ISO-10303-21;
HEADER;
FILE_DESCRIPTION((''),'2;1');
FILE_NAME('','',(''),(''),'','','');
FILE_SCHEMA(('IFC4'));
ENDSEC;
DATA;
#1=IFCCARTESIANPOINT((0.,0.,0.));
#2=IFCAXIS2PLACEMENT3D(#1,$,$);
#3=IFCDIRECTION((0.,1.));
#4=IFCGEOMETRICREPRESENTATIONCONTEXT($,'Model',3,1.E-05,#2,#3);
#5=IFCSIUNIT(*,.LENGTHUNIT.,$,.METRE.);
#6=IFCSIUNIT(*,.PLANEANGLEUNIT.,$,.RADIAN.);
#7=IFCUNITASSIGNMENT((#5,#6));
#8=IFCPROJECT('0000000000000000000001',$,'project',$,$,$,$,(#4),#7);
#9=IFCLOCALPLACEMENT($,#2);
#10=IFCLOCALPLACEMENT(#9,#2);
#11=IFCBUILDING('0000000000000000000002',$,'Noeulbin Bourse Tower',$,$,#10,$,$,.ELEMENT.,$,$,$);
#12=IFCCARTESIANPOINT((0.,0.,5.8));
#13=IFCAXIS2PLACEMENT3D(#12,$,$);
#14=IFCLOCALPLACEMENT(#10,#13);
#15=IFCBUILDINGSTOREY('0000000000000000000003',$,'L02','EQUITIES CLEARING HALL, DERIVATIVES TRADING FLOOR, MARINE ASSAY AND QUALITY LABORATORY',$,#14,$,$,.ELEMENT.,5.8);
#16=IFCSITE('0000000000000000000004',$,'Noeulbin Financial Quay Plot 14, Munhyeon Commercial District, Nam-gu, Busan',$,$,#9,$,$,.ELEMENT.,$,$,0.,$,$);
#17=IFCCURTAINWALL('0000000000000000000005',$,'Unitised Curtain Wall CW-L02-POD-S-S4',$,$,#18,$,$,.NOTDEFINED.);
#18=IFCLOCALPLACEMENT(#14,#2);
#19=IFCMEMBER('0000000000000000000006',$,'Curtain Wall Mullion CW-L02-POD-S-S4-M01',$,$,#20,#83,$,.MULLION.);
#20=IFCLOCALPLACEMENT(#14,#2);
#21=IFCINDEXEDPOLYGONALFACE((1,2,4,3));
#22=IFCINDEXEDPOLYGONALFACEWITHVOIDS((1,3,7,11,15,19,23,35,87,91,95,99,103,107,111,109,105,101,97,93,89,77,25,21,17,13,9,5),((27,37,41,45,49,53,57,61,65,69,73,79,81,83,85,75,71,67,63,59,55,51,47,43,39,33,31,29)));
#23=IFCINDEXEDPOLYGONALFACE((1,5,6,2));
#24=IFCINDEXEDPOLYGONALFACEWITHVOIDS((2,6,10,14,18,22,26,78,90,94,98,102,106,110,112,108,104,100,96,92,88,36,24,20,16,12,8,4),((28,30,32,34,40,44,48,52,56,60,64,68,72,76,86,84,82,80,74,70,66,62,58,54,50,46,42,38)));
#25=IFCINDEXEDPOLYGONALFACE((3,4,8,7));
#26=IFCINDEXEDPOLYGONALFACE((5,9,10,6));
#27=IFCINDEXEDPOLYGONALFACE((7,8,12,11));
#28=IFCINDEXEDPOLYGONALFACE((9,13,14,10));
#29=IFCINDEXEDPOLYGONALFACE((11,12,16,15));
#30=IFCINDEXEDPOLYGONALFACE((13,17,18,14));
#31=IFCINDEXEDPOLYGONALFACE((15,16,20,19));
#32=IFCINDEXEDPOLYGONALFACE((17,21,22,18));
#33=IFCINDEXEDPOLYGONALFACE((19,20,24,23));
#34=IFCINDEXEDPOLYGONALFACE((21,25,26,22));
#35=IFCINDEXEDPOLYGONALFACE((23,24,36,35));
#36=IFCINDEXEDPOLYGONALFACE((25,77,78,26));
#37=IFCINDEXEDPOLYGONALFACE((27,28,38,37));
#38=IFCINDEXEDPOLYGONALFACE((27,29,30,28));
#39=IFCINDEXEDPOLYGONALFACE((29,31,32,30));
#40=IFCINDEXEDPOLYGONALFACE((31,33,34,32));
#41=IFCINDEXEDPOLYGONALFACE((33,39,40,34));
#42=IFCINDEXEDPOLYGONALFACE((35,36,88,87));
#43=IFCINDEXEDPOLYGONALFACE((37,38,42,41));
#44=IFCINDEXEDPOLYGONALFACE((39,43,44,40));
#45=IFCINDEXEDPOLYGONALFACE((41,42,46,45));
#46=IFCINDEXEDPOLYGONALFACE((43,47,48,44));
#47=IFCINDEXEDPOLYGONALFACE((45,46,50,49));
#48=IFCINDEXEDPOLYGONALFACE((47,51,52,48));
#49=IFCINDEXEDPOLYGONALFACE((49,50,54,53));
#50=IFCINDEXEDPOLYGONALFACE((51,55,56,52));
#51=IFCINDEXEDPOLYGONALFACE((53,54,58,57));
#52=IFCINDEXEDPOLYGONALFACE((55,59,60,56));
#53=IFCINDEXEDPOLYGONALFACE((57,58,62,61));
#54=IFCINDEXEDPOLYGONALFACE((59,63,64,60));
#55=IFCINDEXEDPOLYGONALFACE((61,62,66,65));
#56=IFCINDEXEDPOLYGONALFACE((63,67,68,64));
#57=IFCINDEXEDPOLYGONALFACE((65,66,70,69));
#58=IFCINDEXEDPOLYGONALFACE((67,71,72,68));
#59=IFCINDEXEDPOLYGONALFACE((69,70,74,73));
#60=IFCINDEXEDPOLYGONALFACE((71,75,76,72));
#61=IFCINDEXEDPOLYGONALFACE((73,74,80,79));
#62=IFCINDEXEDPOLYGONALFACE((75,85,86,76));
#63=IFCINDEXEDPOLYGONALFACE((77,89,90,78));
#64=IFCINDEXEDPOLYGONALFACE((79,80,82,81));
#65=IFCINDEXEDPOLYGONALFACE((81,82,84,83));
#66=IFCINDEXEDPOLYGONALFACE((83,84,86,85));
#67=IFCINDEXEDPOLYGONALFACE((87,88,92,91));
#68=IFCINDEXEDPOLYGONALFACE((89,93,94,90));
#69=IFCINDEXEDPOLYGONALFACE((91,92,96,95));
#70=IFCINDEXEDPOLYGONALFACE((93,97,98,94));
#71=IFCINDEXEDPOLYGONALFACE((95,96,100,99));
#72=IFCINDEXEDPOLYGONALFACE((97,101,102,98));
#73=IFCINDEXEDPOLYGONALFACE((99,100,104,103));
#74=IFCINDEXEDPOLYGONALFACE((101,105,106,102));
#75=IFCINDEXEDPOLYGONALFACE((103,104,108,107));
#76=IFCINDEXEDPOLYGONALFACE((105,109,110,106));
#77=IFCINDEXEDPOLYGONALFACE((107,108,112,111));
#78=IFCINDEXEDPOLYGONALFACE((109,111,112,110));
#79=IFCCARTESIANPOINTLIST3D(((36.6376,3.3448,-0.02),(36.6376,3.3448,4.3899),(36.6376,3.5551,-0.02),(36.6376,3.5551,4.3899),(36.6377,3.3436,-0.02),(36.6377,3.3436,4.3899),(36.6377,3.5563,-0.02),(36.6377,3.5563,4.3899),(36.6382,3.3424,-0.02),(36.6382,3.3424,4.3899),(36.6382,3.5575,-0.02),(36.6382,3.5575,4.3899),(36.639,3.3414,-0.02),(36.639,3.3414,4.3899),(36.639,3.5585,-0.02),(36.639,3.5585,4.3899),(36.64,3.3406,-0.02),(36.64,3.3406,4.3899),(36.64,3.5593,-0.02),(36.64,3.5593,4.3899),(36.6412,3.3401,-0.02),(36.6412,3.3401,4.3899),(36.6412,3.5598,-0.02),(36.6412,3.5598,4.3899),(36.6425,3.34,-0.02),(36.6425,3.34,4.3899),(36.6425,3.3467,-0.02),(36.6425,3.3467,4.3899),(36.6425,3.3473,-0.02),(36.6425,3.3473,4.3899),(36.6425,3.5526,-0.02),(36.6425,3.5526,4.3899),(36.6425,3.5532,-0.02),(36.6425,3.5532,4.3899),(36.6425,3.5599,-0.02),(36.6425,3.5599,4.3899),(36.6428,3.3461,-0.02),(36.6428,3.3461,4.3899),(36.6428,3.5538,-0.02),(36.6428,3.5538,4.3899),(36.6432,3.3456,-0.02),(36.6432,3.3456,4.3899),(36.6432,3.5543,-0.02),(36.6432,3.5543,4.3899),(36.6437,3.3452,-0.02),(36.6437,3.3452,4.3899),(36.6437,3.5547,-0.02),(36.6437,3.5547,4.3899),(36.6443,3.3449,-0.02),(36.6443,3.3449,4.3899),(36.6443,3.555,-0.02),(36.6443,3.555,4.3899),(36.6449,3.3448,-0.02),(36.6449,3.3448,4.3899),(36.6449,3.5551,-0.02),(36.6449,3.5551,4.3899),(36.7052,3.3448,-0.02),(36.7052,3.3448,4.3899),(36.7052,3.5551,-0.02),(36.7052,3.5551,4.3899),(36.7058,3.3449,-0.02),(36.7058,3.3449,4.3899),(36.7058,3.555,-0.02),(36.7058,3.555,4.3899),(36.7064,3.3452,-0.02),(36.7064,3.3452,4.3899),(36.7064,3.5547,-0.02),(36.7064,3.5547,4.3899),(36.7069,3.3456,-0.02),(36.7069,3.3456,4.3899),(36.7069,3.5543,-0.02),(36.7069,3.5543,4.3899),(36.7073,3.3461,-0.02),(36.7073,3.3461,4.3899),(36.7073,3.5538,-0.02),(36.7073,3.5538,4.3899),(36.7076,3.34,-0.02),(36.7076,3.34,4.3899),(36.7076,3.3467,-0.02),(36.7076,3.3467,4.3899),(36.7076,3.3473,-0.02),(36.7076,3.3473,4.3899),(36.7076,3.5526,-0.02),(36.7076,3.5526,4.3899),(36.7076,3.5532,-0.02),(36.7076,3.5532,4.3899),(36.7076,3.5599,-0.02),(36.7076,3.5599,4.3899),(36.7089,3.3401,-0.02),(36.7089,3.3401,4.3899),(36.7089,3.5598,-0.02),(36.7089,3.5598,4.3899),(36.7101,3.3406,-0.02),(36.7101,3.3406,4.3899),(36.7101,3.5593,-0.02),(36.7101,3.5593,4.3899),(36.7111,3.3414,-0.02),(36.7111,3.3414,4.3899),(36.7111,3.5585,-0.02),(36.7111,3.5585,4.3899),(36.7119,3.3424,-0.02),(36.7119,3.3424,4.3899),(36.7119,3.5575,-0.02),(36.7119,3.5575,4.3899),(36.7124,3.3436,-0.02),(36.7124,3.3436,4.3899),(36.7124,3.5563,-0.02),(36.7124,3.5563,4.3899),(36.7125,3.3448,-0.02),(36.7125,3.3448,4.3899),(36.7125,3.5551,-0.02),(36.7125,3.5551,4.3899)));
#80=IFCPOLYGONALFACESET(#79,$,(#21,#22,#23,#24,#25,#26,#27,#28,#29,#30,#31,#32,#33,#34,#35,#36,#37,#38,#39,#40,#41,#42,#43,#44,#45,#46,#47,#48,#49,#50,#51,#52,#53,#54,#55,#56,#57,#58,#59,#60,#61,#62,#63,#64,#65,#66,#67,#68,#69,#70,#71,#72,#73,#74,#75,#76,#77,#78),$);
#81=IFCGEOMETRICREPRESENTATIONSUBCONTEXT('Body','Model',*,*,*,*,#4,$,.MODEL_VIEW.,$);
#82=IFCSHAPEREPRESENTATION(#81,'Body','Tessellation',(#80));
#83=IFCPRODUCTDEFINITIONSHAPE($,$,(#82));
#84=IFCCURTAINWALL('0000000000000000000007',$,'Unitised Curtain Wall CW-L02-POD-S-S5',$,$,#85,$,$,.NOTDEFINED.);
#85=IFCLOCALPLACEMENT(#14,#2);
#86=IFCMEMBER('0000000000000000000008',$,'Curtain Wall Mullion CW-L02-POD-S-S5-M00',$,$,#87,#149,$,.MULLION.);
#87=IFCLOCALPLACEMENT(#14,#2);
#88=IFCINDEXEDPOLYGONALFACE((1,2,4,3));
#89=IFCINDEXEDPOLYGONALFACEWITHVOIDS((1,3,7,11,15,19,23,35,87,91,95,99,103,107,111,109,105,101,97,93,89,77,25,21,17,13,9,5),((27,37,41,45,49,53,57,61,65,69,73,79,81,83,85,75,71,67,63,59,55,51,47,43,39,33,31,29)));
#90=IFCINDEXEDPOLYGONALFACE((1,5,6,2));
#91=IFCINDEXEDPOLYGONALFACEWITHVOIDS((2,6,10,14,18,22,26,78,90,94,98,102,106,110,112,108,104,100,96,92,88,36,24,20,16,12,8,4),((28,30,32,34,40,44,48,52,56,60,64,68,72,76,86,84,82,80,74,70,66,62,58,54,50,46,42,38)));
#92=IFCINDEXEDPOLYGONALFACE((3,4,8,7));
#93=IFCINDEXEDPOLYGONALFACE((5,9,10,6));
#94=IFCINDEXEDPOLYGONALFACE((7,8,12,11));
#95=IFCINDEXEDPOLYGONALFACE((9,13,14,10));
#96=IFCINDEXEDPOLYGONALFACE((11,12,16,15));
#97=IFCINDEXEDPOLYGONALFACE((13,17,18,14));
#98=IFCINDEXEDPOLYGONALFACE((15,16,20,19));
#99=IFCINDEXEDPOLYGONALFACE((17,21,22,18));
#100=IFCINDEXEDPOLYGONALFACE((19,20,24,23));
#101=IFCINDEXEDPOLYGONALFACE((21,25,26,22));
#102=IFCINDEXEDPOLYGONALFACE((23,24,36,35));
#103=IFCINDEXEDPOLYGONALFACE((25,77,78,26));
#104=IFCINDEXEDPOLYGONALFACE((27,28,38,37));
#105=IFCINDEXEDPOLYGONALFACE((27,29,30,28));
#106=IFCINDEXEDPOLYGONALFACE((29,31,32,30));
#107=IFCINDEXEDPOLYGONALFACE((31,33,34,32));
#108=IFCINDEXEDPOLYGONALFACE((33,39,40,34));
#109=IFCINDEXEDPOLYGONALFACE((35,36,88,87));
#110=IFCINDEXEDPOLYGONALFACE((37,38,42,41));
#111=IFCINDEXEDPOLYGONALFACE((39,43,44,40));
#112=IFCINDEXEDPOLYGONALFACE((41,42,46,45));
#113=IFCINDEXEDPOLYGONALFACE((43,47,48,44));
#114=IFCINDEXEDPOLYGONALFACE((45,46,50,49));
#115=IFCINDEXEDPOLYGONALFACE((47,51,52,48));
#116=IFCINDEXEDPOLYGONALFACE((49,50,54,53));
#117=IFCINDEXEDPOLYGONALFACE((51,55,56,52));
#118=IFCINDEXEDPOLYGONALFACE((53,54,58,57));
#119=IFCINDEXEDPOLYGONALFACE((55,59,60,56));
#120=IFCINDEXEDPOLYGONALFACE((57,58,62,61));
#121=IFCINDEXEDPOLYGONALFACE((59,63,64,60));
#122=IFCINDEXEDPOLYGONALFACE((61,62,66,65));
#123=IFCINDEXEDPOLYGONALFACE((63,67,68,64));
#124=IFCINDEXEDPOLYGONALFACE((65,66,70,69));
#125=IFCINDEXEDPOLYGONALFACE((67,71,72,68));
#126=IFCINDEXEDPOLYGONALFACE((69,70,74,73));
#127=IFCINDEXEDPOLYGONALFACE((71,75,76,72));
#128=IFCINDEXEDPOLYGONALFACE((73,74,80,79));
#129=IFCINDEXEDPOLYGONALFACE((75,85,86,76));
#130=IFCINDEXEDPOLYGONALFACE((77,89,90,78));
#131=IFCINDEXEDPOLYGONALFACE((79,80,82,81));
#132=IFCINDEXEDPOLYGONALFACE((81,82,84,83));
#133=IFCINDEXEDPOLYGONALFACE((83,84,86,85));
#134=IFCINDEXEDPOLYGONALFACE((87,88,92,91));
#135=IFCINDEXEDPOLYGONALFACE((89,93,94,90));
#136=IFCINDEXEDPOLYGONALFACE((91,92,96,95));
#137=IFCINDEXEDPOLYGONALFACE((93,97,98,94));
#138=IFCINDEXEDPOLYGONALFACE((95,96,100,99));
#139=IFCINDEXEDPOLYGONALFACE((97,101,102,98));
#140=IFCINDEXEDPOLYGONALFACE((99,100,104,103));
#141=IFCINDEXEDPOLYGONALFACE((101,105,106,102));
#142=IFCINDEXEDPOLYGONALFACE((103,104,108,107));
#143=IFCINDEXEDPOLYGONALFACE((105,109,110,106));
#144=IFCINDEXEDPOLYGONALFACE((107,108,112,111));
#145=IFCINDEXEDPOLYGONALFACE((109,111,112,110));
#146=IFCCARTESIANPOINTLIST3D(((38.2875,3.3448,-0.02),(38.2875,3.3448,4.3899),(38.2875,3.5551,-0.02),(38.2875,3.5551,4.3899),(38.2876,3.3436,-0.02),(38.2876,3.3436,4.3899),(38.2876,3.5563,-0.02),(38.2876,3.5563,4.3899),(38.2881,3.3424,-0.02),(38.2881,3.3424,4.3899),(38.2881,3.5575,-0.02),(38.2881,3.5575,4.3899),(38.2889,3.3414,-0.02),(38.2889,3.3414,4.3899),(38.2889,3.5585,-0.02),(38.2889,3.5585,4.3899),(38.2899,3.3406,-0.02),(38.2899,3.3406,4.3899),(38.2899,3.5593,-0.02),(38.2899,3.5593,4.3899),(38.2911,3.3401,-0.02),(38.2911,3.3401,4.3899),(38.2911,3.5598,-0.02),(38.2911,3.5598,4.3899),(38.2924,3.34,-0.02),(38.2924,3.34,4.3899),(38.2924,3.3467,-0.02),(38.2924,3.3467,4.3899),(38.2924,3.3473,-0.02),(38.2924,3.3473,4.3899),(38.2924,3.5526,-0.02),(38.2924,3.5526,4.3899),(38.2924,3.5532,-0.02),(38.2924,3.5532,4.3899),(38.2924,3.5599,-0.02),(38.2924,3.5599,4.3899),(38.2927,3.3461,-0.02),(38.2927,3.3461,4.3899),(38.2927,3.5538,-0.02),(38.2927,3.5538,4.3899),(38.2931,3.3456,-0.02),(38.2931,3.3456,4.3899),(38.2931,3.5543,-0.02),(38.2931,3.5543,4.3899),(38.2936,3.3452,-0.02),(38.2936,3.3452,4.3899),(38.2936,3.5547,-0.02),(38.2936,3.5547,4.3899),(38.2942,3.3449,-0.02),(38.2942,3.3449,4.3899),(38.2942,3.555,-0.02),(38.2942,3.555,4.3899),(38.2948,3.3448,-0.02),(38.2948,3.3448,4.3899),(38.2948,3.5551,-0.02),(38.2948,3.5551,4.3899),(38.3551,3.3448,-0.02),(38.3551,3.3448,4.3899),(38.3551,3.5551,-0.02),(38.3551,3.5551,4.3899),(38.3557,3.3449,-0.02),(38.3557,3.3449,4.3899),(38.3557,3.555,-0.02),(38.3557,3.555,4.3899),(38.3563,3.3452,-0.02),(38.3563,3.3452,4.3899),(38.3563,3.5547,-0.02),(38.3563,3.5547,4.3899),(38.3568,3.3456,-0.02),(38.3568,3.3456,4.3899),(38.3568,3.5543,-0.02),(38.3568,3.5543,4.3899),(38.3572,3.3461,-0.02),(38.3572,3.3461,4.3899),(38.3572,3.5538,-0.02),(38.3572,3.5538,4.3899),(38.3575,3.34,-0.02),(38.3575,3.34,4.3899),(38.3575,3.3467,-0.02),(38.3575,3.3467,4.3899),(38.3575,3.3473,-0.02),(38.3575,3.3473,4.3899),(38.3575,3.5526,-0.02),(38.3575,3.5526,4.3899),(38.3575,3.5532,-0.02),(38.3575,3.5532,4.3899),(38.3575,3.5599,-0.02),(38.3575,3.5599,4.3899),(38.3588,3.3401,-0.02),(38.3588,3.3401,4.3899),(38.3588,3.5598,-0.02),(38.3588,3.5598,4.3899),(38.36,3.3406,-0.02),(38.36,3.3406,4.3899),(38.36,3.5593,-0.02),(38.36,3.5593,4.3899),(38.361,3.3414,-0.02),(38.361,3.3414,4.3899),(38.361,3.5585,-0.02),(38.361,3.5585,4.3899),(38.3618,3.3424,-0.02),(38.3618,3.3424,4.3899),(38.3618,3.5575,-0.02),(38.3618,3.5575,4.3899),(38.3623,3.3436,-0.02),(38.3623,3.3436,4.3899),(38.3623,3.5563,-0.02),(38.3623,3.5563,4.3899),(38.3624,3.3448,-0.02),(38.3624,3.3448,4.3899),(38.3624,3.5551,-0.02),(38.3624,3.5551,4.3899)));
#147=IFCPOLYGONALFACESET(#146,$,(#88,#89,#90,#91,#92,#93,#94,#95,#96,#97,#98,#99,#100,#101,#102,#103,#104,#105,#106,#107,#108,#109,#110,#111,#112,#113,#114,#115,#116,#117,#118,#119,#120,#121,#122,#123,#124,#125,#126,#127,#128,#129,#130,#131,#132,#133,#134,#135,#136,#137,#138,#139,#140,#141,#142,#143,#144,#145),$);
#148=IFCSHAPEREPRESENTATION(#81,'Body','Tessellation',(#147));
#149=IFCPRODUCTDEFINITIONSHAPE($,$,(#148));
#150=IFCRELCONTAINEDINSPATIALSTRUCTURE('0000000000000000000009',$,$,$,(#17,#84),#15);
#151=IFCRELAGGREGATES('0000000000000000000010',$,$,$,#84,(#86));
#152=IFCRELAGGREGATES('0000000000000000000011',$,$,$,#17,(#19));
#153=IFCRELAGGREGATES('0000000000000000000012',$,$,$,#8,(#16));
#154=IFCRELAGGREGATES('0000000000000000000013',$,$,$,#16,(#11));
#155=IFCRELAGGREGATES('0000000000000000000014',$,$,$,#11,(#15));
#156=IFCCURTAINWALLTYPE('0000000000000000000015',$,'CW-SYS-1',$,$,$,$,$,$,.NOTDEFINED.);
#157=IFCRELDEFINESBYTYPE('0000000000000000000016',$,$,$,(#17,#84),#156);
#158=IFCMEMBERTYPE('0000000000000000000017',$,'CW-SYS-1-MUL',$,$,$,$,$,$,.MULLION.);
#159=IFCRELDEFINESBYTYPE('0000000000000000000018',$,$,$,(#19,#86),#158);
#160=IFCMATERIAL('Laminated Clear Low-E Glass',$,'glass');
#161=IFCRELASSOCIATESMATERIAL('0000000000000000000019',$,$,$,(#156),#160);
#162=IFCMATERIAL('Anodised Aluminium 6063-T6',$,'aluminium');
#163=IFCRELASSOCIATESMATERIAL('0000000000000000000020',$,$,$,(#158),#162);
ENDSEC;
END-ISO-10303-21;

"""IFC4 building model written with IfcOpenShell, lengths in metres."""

from ifc_helpers import new_model, si_unit, direction, frame, origin, origin_2d, place, context, subcontext, project, spatial, hollow_rectangle, extrude, material, material_profile, profile_set, type_object, element, aggregate, save


model = new_model("IFC4")

# Units and contexts
model_context = context("Model", 3, precision=1e-05, world=origin(), true_north=direction((0.0, 1.0)))
body_context = subcontext(model_context, "Body", "Model", "MODEL_VIEW")
ifc_project = project(units=[si_unit("LENGTHUNIT", "METRE"), si_unit("PLANEANGLEUNIT", "RADIAN")], contexts=[model_context])

# Site, building, storey
site_placement = place(None, origin())
site = spatial("IfcSite", under=ifc_project, at=site_placement, Name="Noeulbin Financial Quay Plot 14, Munhyeon Commercial District, Nam-gu, Busan", CompositionType="ELEMENT", RefElevation=0.0)
building_placement = place(site_placement, origin())
building = spatial("IfcBuilding", under=site, at=building_placement, Name="Noeulbin Bourse Tower", CompositionType="ELEMENT")
storey_placement = place(building_placement, frame((0.0, 0.0, 5.8)))
storey = spatial("IfcBuildingStorey", under=building, at=storey_placement, Name="L02", Description="EQUITIES CLEARING HALL, DERIVATIVES TRADING FLOOR, MARINE ASSAY AND QUALITY LABORATORY", CompositionType="ELEMENT", Elevation=5.8)

# Shared definitions
ifc_material_1 = material(Name="Laminated Clear Low-E Glass", Category="glass")
curtain_wall_type = type_object("IfcCurtainWallType", Name="CW-SYS-1", PredefinedType="NOTDEFINED", material=ifc_material_1)
ifc_material_2 = material(Name="Anodised Aluminium 6063-T6", Category="aluminium")
ifc_material_profile_1 = material_profile(ifc_material_2, hollow_rectangle(XDim=0.075, YDim=0.22, WallThickness=0.0049, InnerFilletRadius=0.0024, OuterFilletRadius=0.0049, at=origin_2d()), Name="ALU-MULL-75x220x5", Category="LoadBearing")
ifc_profile_set_1 = profile_set([ifc_material_profile_1], Name="Anodised Aluminium 6063-T6")
member_type_1 = type_object("IfcMemberType", Name="CW-SYS-1-MUL", PredefinedType="MULLION", material=ifc_profile_set_1)

# Curtain wall, member
curtain_wall_1_placement = place(storey_placement, origin())
curtain_wall_1 = element("IfcCurtainWall", 1, at=curtain_wall_1_placement, inside=storey, type_object=curtain_wall_type, Name="Unitised Curtain Wall CW-L02-POD-S-S4", PredefinedType="NOTDEFINED")
member_1_placement = place(storey_placement, frame((36.675, 3.45, -0.02), z_axis=(0.0, 0.0, 1.0), x_axis=(1.0, 0.0, 0.0)))
member_1 = element("IfcMember", 2, at=member_1_placement, type_object=member_type_1, Name="Curtain Wall Mullion CW-L02-POD-S-S4-M01", PredefinedType="MULLION", context=body_context, shape_type="SweptSolid", body=[
    extrude(hollow_rectangle(XDim=0.075, YDim=0.22, WallThickness=0.0049, InnerFilletRadius=0.0024, OuterFilletRadius=0.0049, at=origin_2d()), origin(), (0.0, 0.0, 1.0), 4.4099),
])

# Curtain wall, member
curtain_wall_2_placement = place(storey_placement, origin())
curtain_wall_2 = element("IfcCurtainWall", 3, at=curtain_wall_2_placement, inside=storey, type_object=curtain_wall_type, Name="Unitised Curtain Wall CW-L02-POD-S-S5", PredefinedType="NOTDEFINED")
member_2_placement = place(storey_placement, frame((38.325, 3.45, -0.02), z_axis=(0.0, 0.0, 1.0), x_axis=(1.0, 0.0, 0.0)))
member_2 = element("IfcMember", 4, at=member_2_placement, type_object=member_type_1, Name="Curtain Wall Mullion CW-L02-POD-S-S5-M00", PredefinedType="MULLION", context=body_context, shape_type="SweptSolid", body=[
    extrude(hollow_rectangle(XDim=0.075, YDim=0.22, WallThickness=0.0049, InnerFilletRadius=0.0024, OuterFilletRadius=0.0049, at=origin_2d()), origin(), (0.0, 0.0, 1.0), 4.4099),
])

aggregate(curtain_wall_2, [member_2])

aggregate(curtain_wall_1, [member_1])

save(model, "model.ifc")
